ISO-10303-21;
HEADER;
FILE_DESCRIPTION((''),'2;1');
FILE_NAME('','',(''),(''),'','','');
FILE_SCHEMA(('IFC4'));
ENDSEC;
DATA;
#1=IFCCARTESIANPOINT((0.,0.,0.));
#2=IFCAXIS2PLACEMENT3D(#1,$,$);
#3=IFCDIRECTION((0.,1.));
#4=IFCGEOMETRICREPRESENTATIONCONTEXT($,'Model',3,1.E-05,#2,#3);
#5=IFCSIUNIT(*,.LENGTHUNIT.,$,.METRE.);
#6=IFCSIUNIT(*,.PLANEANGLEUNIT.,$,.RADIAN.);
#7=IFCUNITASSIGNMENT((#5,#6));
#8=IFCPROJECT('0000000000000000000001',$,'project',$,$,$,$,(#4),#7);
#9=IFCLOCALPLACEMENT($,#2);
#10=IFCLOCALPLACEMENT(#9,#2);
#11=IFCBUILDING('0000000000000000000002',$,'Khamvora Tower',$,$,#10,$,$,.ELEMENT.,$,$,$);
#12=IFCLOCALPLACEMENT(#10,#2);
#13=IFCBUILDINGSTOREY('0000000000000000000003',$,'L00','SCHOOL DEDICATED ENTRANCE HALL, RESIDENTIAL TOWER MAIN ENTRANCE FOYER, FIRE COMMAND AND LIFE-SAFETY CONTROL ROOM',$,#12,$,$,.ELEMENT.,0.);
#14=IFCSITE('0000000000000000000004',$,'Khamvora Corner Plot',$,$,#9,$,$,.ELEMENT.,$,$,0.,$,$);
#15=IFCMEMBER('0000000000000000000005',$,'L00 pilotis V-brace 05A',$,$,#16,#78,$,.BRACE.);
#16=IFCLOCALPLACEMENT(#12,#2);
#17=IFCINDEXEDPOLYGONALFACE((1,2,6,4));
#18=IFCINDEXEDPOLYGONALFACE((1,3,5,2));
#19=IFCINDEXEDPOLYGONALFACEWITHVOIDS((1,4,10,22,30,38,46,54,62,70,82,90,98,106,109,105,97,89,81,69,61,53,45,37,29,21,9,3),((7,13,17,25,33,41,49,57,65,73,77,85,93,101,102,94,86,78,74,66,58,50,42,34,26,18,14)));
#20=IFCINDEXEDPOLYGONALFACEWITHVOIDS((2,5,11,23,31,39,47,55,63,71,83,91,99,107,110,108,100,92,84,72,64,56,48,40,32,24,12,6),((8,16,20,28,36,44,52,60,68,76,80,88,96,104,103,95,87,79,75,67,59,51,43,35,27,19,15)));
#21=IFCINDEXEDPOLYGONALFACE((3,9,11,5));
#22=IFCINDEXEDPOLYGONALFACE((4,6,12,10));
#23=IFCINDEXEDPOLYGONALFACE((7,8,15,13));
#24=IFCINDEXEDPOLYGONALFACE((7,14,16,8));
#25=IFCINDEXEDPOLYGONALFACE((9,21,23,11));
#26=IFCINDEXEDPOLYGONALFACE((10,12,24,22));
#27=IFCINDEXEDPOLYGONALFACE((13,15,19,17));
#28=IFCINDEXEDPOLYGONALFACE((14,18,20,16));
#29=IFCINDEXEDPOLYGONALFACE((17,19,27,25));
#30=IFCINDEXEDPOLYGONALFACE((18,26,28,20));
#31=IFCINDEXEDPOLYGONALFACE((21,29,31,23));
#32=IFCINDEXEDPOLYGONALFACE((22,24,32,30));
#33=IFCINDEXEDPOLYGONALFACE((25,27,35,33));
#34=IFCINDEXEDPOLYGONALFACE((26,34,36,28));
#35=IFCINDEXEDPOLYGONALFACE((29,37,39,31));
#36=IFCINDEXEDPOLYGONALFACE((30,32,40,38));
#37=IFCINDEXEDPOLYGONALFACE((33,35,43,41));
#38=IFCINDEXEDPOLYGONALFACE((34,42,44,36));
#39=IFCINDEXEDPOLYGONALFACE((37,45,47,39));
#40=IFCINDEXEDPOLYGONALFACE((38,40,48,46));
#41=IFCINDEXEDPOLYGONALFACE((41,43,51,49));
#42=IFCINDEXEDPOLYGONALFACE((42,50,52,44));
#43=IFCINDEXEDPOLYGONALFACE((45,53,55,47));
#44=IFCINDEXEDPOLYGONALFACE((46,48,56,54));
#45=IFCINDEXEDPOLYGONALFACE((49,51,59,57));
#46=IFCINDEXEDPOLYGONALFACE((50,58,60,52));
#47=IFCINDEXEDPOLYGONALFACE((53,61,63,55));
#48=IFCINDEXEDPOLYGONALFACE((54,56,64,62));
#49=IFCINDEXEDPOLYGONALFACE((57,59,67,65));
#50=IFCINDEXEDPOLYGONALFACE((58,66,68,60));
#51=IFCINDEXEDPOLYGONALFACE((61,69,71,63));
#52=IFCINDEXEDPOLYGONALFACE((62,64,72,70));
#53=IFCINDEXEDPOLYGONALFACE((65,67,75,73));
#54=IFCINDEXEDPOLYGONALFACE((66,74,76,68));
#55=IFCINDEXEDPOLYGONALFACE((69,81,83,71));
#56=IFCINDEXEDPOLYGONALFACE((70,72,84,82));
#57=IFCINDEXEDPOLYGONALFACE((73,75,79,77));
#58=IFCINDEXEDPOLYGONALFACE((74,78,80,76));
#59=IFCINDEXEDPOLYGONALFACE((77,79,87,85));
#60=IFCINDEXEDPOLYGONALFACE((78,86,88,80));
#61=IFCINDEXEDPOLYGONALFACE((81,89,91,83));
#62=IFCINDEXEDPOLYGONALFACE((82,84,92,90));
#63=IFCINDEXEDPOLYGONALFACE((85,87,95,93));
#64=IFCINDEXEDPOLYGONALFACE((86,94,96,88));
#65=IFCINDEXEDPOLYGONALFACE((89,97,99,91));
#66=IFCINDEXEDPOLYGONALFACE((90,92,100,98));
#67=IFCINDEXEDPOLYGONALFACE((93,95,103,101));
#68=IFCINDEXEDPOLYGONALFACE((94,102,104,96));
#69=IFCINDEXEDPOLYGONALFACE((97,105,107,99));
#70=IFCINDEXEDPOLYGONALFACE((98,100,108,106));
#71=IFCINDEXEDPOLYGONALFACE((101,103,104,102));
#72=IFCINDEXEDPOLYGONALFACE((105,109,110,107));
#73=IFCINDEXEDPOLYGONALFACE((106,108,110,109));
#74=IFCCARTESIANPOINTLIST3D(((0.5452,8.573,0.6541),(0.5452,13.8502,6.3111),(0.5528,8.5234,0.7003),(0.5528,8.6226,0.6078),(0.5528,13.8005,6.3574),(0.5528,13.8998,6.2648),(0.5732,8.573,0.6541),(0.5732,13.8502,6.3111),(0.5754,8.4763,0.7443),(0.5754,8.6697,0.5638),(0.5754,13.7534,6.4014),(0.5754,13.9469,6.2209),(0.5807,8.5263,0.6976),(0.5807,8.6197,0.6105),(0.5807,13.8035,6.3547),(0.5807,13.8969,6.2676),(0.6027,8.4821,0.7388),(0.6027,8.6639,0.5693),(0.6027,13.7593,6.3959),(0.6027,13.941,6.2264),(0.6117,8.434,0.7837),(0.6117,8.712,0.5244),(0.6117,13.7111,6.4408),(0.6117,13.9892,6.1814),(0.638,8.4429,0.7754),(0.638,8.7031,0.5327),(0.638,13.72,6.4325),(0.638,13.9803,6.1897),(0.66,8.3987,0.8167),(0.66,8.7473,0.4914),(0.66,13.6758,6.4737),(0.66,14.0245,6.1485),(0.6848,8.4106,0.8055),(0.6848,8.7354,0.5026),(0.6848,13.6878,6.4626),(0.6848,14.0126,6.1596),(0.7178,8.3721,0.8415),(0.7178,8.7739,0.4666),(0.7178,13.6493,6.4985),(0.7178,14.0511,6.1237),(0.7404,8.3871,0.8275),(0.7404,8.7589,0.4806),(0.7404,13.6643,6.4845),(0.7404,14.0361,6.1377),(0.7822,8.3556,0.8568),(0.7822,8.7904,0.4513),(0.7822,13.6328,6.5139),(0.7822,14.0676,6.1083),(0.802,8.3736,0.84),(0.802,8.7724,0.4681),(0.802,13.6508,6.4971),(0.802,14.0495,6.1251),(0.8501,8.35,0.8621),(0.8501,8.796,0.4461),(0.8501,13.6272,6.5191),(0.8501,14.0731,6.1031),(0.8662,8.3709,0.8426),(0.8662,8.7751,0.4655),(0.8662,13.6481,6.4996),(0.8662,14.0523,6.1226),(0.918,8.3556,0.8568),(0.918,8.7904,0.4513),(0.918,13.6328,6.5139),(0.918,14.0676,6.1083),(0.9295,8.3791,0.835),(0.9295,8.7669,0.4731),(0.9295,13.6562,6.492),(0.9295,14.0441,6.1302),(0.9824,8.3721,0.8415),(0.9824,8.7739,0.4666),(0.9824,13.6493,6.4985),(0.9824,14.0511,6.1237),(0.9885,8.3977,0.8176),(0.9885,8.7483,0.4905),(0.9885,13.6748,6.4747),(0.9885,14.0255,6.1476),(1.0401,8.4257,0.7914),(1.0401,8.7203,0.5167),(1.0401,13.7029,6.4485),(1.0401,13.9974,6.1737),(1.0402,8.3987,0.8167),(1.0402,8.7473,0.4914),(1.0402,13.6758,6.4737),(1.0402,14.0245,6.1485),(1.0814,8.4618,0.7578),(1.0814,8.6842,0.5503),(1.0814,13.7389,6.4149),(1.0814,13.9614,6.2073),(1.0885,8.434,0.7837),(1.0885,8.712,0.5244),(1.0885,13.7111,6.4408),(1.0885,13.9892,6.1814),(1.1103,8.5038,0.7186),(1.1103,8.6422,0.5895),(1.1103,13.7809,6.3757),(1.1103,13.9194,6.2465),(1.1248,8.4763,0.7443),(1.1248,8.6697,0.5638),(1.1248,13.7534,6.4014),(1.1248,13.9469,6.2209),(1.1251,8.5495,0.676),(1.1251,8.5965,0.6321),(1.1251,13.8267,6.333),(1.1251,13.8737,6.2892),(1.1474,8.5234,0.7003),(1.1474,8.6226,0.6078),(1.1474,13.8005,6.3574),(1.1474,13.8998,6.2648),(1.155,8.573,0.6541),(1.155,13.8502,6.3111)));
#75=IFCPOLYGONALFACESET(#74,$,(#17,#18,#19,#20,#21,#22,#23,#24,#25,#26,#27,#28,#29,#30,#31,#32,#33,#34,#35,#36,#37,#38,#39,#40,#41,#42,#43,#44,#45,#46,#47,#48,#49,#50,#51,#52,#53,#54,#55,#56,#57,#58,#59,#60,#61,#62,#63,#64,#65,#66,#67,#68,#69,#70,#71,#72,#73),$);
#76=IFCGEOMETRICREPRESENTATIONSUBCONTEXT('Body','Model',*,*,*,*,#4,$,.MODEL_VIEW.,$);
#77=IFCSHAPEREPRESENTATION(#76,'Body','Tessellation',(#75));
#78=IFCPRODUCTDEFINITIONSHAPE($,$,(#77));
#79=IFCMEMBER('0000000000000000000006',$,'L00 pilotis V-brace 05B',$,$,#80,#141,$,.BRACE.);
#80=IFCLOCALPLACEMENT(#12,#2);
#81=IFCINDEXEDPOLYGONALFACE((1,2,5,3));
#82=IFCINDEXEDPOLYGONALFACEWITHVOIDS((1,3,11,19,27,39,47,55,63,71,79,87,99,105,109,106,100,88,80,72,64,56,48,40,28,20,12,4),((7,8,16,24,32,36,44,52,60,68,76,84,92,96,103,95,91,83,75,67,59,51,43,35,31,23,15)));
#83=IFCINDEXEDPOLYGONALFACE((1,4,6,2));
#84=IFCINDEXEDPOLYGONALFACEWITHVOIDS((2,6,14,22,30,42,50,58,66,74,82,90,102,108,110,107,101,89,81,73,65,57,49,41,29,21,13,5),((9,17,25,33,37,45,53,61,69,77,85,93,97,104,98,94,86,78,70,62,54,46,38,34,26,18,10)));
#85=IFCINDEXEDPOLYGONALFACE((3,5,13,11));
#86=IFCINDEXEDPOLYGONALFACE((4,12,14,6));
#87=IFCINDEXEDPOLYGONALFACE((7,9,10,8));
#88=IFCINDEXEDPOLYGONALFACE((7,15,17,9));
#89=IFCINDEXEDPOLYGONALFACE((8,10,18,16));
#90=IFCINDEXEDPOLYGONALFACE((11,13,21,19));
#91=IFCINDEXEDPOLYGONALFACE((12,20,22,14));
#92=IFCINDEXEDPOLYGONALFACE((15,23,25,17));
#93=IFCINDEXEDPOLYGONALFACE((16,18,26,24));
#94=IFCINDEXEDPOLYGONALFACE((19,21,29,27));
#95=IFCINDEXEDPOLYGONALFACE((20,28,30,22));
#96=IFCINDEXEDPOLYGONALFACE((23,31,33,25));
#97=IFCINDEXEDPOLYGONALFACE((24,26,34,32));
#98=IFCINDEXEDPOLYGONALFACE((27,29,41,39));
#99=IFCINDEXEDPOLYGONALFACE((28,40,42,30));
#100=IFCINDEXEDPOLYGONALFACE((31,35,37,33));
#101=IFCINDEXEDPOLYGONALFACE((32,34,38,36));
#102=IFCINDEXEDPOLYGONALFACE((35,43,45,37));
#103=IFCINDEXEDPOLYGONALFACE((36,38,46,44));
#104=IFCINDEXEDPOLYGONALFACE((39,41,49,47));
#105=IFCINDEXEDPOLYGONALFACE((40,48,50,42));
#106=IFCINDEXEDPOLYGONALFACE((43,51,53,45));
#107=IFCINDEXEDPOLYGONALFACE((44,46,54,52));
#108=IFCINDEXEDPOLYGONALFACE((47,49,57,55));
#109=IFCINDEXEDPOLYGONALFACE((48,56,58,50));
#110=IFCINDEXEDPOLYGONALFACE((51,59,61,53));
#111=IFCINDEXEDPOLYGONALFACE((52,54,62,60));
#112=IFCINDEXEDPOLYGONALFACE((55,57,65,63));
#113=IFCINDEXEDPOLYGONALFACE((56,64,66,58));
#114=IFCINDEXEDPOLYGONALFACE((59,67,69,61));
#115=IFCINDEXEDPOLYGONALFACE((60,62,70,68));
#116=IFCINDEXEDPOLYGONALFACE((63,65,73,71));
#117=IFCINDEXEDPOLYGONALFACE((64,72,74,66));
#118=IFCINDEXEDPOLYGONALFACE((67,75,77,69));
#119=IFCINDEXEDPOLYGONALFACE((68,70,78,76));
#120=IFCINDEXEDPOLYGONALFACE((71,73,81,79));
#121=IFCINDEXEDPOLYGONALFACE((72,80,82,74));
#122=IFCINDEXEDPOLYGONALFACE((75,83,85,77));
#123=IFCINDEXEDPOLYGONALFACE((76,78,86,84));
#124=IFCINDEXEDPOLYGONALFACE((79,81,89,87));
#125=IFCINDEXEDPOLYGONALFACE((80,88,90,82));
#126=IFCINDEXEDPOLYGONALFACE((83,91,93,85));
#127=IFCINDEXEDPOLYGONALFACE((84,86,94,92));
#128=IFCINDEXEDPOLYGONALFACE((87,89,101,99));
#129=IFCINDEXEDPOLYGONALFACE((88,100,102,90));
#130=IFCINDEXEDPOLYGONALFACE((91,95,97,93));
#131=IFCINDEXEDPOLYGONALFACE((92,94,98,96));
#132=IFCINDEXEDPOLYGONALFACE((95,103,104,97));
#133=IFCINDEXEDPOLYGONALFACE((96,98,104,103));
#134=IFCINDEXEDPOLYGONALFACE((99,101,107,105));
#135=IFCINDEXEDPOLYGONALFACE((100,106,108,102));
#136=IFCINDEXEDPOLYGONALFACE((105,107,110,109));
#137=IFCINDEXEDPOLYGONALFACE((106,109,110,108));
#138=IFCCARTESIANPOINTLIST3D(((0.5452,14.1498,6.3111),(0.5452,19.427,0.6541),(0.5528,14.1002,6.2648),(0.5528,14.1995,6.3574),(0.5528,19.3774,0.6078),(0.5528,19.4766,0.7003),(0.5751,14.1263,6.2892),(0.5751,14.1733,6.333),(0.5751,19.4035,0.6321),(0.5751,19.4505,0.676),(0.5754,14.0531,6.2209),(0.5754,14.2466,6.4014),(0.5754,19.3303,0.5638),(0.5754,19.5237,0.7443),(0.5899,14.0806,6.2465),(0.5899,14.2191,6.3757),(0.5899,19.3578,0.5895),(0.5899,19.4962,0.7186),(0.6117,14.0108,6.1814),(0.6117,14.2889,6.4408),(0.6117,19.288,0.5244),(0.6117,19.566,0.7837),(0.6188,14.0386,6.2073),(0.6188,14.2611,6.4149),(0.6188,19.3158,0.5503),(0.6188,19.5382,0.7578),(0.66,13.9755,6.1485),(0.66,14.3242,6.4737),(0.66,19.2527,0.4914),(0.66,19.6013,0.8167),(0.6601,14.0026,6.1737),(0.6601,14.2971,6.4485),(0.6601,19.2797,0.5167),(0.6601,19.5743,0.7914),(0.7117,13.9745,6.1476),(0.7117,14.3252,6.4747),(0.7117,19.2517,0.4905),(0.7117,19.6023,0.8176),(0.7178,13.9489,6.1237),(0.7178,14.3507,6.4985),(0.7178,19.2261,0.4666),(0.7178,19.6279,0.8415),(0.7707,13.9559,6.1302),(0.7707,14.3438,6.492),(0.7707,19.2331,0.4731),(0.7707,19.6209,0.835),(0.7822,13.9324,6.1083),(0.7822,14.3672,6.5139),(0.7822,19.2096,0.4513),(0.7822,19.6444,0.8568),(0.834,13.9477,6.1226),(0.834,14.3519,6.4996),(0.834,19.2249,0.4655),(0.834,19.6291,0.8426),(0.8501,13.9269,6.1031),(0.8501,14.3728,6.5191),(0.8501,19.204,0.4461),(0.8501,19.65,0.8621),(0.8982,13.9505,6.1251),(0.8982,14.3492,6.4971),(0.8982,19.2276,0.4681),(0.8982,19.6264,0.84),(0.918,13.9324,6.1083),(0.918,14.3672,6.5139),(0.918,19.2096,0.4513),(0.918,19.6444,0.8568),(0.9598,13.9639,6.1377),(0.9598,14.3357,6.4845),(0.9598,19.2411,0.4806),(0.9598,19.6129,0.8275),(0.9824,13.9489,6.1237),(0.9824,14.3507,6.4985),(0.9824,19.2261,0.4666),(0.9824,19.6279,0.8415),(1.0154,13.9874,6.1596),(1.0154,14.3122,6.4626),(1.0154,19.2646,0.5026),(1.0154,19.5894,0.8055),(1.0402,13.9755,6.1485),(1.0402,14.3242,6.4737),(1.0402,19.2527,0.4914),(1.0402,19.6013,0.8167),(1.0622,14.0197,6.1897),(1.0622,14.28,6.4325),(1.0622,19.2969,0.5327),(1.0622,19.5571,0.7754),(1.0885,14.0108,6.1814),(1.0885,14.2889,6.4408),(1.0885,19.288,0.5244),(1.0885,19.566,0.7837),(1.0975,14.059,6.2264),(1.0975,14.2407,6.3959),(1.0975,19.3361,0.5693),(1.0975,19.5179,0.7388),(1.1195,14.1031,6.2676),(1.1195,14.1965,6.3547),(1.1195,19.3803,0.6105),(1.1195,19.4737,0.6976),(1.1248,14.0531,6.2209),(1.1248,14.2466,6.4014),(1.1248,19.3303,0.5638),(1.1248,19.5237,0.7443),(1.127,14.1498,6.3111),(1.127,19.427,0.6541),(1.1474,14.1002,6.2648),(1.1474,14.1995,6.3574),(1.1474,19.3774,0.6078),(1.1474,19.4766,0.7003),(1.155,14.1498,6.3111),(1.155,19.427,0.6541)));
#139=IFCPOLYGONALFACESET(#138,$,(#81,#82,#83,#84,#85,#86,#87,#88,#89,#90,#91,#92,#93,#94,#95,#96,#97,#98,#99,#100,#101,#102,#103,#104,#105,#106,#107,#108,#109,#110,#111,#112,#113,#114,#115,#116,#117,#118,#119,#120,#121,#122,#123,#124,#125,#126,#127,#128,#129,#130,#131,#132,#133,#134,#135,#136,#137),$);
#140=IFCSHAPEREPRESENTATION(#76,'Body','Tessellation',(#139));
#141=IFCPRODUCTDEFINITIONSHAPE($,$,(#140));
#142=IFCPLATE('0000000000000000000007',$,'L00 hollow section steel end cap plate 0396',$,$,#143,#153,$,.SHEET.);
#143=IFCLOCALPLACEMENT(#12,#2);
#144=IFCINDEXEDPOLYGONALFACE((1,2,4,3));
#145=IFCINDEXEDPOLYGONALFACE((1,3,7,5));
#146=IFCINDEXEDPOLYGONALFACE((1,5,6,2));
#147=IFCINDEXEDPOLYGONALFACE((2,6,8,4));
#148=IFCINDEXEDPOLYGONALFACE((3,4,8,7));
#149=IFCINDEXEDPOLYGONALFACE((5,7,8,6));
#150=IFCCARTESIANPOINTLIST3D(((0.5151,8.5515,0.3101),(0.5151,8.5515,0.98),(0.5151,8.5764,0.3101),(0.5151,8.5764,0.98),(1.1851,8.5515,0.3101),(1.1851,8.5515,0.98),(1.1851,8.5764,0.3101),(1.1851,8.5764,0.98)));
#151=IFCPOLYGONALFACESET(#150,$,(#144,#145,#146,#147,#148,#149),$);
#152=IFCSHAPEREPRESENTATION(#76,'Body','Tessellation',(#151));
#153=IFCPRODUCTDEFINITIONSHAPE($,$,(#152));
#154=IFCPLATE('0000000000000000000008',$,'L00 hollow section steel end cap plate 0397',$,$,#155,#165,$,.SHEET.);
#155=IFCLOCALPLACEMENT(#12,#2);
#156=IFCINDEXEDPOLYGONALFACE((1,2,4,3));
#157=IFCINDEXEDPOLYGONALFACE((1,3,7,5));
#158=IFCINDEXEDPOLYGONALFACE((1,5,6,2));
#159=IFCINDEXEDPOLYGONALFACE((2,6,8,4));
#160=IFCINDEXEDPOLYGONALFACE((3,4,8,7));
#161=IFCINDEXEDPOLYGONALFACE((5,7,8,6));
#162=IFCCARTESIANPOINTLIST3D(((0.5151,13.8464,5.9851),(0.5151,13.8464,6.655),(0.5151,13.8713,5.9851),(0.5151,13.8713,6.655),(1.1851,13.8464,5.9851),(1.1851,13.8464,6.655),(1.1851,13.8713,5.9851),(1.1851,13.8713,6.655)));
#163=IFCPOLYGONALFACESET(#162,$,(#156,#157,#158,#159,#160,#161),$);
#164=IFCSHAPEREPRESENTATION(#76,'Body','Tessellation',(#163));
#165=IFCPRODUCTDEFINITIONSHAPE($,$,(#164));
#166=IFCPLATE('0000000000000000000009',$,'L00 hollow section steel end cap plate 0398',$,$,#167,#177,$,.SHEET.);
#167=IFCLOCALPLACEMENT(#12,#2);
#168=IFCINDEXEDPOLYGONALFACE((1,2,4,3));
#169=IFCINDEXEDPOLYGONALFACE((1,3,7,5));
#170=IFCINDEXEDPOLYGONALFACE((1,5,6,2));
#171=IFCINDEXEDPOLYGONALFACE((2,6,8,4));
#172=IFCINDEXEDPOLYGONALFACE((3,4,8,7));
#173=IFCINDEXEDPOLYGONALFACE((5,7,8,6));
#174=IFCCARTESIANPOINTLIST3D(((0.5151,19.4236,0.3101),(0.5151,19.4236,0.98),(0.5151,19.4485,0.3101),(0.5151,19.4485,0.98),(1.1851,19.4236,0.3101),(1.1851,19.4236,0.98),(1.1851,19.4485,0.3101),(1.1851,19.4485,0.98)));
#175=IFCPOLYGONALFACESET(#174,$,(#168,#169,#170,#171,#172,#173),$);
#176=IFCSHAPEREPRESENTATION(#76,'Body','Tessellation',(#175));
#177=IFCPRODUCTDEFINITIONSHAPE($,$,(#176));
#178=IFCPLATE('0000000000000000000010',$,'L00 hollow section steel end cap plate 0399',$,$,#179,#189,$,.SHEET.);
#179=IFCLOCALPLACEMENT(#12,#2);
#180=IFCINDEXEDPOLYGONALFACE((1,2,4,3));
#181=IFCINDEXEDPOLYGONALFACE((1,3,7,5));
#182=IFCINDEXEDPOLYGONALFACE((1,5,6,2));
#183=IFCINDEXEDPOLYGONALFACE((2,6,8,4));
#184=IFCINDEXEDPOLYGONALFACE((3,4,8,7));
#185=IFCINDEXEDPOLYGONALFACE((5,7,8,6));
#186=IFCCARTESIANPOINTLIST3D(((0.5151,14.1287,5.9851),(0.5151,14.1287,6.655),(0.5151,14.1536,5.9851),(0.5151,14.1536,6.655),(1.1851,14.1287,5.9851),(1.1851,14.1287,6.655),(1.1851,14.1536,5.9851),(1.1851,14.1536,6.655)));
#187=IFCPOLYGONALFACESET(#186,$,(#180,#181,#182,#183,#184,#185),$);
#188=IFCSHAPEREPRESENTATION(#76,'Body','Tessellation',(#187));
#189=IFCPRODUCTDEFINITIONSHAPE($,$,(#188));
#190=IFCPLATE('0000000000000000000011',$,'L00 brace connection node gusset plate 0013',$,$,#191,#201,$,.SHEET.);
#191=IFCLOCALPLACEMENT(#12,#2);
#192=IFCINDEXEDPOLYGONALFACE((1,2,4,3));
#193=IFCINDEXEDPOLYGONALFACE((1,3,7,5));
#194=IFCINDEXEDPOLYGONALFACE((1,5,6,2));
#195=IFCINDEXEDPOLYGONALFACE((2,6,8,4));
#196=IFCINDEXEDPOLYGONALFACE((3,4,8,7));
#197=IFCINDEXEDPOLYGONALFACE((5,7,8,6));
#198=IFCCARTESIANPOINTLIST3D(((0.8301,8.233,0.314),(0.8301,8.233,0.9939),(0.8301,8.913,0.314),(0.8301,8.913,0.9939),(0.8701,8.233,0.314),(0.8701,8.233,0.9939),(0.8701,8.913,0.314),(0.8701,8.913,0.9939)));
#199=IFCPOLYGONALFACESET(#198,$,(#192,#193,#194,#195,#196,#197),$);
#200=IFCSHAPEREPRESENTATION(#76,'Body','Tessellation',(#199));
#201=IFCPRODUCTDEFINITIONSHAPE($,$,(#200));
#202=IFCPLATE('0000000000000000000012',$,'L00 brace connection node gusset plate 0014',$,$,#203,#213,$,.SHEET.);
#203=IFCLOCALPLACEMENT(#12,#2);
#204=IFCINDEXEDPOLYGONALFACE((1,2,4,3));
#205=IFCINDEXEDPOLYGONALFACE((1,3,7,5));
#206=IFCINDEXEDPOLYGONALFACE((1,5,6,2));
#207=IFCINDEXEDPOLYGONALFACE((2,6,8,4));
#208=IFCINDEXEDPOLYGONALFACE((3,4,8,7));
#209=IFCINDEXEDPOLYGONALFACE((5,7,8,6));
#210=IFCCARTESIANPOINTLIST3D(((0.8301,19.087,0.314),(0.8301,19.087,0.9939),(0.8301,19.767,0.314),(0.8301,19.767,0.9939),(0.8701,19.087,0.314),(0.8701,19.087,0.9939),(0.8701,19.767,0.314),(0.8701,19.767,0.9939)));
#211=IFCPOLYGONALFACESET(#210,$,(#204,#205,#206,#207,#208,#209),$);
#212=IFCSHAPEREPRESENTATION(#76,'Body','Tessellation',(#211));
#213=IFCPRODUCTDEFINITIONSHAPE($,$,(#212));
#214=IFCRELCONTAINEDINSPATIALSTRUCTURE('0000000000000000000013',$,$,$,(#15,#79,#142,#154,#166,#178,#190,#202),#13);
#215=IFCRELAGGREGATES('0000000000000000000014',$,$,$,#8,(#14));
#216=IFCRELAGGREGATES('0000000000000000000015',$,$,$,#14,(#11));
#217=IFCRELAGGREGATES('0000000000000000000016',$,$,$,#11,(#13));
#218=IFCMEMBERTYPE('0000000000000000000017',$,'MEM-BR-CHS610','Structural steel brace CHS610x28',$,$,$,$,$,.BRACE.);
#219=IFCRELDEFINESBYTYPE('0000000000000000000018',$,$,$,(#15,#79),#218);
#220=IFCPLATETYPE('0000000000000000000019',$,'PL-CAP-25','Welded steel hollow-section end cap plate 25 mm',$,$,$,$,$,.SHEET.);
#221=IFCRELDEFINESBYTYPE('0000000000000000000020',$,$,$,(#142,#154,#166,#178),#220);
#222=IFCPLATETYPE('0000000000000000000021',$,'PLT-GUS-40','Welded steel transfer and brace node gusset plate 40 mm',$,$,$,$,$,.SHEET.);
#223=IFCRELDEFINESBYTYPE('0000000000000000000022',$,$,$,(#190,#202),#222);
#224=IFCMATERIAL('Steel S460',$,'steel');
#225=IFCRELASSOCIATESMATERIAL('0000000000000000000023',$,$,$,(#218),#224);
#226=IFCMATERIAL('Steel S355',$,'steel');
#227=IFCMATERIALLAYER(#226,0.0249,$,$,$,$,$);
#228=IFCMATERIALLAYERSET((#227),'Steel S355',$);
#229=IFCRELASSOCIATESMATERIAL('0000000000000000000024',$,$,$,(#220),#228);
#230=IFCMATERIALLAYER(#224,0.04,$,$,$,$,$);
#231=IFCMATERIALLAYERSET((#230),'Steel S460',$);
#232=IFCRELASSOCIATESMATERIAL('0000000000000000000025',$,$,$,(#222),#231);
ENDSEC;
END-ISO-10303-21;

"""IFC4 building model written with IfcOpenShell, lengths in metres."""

from ifc_helpers import new_model, si_unit, direction, frame, origin, origin_2d, place, context, subcontext, project, spatial, rectangle, hollow_circle, extrude, material, layer, layer_set, material_profile, profile_set, type_object, element, save


model = new_model("IFC4")

# Units and contexts
model_context = context("Model", 3, precision=1e-05, world=origin(), true_north=direction((0.0, 1.0)))
body_context = subcontext(model_context, "Body", "Model", "MODEL_VIEW")
ifc_project = project(units=[si_unit("LENGTHUNIT", "METRE"), si_unit("PLANEANGLEUNIT", "RADIAN")], contexts=[model_context])

# Site, building, storey
site_placement = place(None, origin())
site = spatial("IfcSite", under=ifc_project, at=site_placement, Name="Khamvora Corner Plot", CompositionType="ELEMENT", RefElevation=0.0)
building_placement = place(site_placement, origin())
building = spatial("IfcBuilding", under=site, at=building_placement, Name="Khamvora Tower", CompositionType="ELEMENT")
storey_placement = place(building_placement, origin())
storey = spatial("IfcBuildingStorey", under=building, at=storey_placement, Name="L00", Description="SCHOOL DEDICATED ENTRANCE HALL, RESIDENTIAL TOWER MAIN ENTRANCE FOYER, FIRE COMMAND AND LIFE-SAFETY CONTROL ROOM", CompositionType="ELEMENT", Elevation=0.0)

# Shared definitions
ifc_material_1 = material(Name="Steel S460", Category="steel")

# Shared definitions
ifc_material_2 = material(Name="Steel S355", Category="steel")

# Members
ifc_material_profile_1 = material_profile(ifc_material_1, hollow_circle(Radius=0.3049, WallThickness=0.0281, at=origin_2d()), Name="CHS610x28")
ifc_profile_set_1 = profile_set([ifc_material_profile_1], Name="Steel S460")
member_type = type_object("IfcMemberType", Name="MEM-BR-CHS610", Description="Structural steel brace CHS610x28", PredefinedType="BRACE", material=ifc_profile_set_1)
for number, where, z_axis, x_axis, name in (
    (1, (0.8501, 8.573, 0.6541), (0.0, 0.682128, 0.731233), (-1.0, 0.0, 0.0), "L00 pilotis V-brace 05A"),
    (2, (0.8501, 19.427, 0.6541), (0.0, -0.682128, 0.731233), (1.0, 0.0, 0.0), "L00 pilotis V-brace 05B"),
):
    element("IfcMember", number, at=place(storey_placement, frame(where, z_axis=z_axis, x_axis=x_axis)), inside=storey, type_object=member_type, Name=name, PredefinedType="BRACE", context=body_context, shape_type="SweptSolid", body=[
        extrude(hollow_circle(Radius=0.3049, WallThickness=0.0281, at=origin_2d()), origin(), (0.0, 0.0, 1.0), 7.7363),
    ])

# Plates
ifc_layer_1 = layer(ifc_material_2, 0.0249)
ifc_layer_set_1 = layer_set([ifc_layer_1], Name="Steel S355")
plate_type_1 = type_object("IfcPlateType", Name="PL-CAP-25", Description="Welded steel hollow-section end cap plate 25 mm", PredefinedType="SHEET", material=ifc_layer_set_1)
for number, where, z_axis, x_axis, name in (
    (3, (0.8501, 8.564, 0.3101), (0.0, 0.0, 1.0), (0.0, 1.0, 0.0), "L00 hollow section steel end cap plate 0396"),
    (4, (0.8501, 13.8589, 5.9851), (0.0, 0.0, 1.0), (0.0, 1.0, 0.0), "L00 hollow section steel end cap plate 0397"),
    (5, (0.8501, 19.436, 0.3101), (0.0, 0.0, 1.0), (0.0, -1.0, 0.0), "L00 hollow section steel end cap plate 0398"),
    (6, (0.8501, 14.1411, 5.9851), (0.0, 0.0, 1.0), (0.0, -1.0, 0.0), "L00 hollow section steel end cap plate 0399"),
):
    element("IfcPlate", number, at=place(storey_placement, frame(where, z_axis=z_axis, x_axis=x_axis)), inside=storey, type_object=plate_type_1, Name=name, PredefinedType="SHEET", context=body_context, shape_type="SweptSolid", body=[
        extrude(rectangle(XDim=0.0249, YDim=0.6699, at=origin_2d()), origin(), (0.0, 0.0, 1.0), 0.6699),
    ])
ifc_layer_2 = layer(ifc_material_1, 0.04)
ifc_layer_set_2 = layer_set([ifc_layer_2], Name="Steel S460")
plate_type_2 = type_object("IfcPlateType", Name="PLT-GUS-40", Description="Welded steel transfer and brace node gusset plate 40 mm", PredefinedType="SHEET", material=ifc_layer_set_2)
for number, where, z_axis, x_axis, name in (
    (7, (0.8501, 8.573, 0.314), (0.0, 0.0, 1.0), (0.0, 1.0, 0.0), "L00 brace connection node gusset plate 0013"),
    (8, (0.8501, 19.427, 0.314), (0.0, 0.0, 1.0), (0.0, 1.0, 0.0), "L00 brace connection node gusset plate 0014"),
):
    element("IfcPlate", number, at=place(storey_placement, frame(where, z_axis=z_axis, x_axis=x_axis)), inside=storey, type_object=plate_type_2, Name=name, PredefinedType="SHEET", context=body_context, shape_type="SweptSolid", body=[
        extrude(rectangle(XDim=0.6799, YDim=0.04, at=origin_2d()), origin(), (0.0, 0.0, 1.0), 0.6799),
    ])

save(model, "model.ifc")
